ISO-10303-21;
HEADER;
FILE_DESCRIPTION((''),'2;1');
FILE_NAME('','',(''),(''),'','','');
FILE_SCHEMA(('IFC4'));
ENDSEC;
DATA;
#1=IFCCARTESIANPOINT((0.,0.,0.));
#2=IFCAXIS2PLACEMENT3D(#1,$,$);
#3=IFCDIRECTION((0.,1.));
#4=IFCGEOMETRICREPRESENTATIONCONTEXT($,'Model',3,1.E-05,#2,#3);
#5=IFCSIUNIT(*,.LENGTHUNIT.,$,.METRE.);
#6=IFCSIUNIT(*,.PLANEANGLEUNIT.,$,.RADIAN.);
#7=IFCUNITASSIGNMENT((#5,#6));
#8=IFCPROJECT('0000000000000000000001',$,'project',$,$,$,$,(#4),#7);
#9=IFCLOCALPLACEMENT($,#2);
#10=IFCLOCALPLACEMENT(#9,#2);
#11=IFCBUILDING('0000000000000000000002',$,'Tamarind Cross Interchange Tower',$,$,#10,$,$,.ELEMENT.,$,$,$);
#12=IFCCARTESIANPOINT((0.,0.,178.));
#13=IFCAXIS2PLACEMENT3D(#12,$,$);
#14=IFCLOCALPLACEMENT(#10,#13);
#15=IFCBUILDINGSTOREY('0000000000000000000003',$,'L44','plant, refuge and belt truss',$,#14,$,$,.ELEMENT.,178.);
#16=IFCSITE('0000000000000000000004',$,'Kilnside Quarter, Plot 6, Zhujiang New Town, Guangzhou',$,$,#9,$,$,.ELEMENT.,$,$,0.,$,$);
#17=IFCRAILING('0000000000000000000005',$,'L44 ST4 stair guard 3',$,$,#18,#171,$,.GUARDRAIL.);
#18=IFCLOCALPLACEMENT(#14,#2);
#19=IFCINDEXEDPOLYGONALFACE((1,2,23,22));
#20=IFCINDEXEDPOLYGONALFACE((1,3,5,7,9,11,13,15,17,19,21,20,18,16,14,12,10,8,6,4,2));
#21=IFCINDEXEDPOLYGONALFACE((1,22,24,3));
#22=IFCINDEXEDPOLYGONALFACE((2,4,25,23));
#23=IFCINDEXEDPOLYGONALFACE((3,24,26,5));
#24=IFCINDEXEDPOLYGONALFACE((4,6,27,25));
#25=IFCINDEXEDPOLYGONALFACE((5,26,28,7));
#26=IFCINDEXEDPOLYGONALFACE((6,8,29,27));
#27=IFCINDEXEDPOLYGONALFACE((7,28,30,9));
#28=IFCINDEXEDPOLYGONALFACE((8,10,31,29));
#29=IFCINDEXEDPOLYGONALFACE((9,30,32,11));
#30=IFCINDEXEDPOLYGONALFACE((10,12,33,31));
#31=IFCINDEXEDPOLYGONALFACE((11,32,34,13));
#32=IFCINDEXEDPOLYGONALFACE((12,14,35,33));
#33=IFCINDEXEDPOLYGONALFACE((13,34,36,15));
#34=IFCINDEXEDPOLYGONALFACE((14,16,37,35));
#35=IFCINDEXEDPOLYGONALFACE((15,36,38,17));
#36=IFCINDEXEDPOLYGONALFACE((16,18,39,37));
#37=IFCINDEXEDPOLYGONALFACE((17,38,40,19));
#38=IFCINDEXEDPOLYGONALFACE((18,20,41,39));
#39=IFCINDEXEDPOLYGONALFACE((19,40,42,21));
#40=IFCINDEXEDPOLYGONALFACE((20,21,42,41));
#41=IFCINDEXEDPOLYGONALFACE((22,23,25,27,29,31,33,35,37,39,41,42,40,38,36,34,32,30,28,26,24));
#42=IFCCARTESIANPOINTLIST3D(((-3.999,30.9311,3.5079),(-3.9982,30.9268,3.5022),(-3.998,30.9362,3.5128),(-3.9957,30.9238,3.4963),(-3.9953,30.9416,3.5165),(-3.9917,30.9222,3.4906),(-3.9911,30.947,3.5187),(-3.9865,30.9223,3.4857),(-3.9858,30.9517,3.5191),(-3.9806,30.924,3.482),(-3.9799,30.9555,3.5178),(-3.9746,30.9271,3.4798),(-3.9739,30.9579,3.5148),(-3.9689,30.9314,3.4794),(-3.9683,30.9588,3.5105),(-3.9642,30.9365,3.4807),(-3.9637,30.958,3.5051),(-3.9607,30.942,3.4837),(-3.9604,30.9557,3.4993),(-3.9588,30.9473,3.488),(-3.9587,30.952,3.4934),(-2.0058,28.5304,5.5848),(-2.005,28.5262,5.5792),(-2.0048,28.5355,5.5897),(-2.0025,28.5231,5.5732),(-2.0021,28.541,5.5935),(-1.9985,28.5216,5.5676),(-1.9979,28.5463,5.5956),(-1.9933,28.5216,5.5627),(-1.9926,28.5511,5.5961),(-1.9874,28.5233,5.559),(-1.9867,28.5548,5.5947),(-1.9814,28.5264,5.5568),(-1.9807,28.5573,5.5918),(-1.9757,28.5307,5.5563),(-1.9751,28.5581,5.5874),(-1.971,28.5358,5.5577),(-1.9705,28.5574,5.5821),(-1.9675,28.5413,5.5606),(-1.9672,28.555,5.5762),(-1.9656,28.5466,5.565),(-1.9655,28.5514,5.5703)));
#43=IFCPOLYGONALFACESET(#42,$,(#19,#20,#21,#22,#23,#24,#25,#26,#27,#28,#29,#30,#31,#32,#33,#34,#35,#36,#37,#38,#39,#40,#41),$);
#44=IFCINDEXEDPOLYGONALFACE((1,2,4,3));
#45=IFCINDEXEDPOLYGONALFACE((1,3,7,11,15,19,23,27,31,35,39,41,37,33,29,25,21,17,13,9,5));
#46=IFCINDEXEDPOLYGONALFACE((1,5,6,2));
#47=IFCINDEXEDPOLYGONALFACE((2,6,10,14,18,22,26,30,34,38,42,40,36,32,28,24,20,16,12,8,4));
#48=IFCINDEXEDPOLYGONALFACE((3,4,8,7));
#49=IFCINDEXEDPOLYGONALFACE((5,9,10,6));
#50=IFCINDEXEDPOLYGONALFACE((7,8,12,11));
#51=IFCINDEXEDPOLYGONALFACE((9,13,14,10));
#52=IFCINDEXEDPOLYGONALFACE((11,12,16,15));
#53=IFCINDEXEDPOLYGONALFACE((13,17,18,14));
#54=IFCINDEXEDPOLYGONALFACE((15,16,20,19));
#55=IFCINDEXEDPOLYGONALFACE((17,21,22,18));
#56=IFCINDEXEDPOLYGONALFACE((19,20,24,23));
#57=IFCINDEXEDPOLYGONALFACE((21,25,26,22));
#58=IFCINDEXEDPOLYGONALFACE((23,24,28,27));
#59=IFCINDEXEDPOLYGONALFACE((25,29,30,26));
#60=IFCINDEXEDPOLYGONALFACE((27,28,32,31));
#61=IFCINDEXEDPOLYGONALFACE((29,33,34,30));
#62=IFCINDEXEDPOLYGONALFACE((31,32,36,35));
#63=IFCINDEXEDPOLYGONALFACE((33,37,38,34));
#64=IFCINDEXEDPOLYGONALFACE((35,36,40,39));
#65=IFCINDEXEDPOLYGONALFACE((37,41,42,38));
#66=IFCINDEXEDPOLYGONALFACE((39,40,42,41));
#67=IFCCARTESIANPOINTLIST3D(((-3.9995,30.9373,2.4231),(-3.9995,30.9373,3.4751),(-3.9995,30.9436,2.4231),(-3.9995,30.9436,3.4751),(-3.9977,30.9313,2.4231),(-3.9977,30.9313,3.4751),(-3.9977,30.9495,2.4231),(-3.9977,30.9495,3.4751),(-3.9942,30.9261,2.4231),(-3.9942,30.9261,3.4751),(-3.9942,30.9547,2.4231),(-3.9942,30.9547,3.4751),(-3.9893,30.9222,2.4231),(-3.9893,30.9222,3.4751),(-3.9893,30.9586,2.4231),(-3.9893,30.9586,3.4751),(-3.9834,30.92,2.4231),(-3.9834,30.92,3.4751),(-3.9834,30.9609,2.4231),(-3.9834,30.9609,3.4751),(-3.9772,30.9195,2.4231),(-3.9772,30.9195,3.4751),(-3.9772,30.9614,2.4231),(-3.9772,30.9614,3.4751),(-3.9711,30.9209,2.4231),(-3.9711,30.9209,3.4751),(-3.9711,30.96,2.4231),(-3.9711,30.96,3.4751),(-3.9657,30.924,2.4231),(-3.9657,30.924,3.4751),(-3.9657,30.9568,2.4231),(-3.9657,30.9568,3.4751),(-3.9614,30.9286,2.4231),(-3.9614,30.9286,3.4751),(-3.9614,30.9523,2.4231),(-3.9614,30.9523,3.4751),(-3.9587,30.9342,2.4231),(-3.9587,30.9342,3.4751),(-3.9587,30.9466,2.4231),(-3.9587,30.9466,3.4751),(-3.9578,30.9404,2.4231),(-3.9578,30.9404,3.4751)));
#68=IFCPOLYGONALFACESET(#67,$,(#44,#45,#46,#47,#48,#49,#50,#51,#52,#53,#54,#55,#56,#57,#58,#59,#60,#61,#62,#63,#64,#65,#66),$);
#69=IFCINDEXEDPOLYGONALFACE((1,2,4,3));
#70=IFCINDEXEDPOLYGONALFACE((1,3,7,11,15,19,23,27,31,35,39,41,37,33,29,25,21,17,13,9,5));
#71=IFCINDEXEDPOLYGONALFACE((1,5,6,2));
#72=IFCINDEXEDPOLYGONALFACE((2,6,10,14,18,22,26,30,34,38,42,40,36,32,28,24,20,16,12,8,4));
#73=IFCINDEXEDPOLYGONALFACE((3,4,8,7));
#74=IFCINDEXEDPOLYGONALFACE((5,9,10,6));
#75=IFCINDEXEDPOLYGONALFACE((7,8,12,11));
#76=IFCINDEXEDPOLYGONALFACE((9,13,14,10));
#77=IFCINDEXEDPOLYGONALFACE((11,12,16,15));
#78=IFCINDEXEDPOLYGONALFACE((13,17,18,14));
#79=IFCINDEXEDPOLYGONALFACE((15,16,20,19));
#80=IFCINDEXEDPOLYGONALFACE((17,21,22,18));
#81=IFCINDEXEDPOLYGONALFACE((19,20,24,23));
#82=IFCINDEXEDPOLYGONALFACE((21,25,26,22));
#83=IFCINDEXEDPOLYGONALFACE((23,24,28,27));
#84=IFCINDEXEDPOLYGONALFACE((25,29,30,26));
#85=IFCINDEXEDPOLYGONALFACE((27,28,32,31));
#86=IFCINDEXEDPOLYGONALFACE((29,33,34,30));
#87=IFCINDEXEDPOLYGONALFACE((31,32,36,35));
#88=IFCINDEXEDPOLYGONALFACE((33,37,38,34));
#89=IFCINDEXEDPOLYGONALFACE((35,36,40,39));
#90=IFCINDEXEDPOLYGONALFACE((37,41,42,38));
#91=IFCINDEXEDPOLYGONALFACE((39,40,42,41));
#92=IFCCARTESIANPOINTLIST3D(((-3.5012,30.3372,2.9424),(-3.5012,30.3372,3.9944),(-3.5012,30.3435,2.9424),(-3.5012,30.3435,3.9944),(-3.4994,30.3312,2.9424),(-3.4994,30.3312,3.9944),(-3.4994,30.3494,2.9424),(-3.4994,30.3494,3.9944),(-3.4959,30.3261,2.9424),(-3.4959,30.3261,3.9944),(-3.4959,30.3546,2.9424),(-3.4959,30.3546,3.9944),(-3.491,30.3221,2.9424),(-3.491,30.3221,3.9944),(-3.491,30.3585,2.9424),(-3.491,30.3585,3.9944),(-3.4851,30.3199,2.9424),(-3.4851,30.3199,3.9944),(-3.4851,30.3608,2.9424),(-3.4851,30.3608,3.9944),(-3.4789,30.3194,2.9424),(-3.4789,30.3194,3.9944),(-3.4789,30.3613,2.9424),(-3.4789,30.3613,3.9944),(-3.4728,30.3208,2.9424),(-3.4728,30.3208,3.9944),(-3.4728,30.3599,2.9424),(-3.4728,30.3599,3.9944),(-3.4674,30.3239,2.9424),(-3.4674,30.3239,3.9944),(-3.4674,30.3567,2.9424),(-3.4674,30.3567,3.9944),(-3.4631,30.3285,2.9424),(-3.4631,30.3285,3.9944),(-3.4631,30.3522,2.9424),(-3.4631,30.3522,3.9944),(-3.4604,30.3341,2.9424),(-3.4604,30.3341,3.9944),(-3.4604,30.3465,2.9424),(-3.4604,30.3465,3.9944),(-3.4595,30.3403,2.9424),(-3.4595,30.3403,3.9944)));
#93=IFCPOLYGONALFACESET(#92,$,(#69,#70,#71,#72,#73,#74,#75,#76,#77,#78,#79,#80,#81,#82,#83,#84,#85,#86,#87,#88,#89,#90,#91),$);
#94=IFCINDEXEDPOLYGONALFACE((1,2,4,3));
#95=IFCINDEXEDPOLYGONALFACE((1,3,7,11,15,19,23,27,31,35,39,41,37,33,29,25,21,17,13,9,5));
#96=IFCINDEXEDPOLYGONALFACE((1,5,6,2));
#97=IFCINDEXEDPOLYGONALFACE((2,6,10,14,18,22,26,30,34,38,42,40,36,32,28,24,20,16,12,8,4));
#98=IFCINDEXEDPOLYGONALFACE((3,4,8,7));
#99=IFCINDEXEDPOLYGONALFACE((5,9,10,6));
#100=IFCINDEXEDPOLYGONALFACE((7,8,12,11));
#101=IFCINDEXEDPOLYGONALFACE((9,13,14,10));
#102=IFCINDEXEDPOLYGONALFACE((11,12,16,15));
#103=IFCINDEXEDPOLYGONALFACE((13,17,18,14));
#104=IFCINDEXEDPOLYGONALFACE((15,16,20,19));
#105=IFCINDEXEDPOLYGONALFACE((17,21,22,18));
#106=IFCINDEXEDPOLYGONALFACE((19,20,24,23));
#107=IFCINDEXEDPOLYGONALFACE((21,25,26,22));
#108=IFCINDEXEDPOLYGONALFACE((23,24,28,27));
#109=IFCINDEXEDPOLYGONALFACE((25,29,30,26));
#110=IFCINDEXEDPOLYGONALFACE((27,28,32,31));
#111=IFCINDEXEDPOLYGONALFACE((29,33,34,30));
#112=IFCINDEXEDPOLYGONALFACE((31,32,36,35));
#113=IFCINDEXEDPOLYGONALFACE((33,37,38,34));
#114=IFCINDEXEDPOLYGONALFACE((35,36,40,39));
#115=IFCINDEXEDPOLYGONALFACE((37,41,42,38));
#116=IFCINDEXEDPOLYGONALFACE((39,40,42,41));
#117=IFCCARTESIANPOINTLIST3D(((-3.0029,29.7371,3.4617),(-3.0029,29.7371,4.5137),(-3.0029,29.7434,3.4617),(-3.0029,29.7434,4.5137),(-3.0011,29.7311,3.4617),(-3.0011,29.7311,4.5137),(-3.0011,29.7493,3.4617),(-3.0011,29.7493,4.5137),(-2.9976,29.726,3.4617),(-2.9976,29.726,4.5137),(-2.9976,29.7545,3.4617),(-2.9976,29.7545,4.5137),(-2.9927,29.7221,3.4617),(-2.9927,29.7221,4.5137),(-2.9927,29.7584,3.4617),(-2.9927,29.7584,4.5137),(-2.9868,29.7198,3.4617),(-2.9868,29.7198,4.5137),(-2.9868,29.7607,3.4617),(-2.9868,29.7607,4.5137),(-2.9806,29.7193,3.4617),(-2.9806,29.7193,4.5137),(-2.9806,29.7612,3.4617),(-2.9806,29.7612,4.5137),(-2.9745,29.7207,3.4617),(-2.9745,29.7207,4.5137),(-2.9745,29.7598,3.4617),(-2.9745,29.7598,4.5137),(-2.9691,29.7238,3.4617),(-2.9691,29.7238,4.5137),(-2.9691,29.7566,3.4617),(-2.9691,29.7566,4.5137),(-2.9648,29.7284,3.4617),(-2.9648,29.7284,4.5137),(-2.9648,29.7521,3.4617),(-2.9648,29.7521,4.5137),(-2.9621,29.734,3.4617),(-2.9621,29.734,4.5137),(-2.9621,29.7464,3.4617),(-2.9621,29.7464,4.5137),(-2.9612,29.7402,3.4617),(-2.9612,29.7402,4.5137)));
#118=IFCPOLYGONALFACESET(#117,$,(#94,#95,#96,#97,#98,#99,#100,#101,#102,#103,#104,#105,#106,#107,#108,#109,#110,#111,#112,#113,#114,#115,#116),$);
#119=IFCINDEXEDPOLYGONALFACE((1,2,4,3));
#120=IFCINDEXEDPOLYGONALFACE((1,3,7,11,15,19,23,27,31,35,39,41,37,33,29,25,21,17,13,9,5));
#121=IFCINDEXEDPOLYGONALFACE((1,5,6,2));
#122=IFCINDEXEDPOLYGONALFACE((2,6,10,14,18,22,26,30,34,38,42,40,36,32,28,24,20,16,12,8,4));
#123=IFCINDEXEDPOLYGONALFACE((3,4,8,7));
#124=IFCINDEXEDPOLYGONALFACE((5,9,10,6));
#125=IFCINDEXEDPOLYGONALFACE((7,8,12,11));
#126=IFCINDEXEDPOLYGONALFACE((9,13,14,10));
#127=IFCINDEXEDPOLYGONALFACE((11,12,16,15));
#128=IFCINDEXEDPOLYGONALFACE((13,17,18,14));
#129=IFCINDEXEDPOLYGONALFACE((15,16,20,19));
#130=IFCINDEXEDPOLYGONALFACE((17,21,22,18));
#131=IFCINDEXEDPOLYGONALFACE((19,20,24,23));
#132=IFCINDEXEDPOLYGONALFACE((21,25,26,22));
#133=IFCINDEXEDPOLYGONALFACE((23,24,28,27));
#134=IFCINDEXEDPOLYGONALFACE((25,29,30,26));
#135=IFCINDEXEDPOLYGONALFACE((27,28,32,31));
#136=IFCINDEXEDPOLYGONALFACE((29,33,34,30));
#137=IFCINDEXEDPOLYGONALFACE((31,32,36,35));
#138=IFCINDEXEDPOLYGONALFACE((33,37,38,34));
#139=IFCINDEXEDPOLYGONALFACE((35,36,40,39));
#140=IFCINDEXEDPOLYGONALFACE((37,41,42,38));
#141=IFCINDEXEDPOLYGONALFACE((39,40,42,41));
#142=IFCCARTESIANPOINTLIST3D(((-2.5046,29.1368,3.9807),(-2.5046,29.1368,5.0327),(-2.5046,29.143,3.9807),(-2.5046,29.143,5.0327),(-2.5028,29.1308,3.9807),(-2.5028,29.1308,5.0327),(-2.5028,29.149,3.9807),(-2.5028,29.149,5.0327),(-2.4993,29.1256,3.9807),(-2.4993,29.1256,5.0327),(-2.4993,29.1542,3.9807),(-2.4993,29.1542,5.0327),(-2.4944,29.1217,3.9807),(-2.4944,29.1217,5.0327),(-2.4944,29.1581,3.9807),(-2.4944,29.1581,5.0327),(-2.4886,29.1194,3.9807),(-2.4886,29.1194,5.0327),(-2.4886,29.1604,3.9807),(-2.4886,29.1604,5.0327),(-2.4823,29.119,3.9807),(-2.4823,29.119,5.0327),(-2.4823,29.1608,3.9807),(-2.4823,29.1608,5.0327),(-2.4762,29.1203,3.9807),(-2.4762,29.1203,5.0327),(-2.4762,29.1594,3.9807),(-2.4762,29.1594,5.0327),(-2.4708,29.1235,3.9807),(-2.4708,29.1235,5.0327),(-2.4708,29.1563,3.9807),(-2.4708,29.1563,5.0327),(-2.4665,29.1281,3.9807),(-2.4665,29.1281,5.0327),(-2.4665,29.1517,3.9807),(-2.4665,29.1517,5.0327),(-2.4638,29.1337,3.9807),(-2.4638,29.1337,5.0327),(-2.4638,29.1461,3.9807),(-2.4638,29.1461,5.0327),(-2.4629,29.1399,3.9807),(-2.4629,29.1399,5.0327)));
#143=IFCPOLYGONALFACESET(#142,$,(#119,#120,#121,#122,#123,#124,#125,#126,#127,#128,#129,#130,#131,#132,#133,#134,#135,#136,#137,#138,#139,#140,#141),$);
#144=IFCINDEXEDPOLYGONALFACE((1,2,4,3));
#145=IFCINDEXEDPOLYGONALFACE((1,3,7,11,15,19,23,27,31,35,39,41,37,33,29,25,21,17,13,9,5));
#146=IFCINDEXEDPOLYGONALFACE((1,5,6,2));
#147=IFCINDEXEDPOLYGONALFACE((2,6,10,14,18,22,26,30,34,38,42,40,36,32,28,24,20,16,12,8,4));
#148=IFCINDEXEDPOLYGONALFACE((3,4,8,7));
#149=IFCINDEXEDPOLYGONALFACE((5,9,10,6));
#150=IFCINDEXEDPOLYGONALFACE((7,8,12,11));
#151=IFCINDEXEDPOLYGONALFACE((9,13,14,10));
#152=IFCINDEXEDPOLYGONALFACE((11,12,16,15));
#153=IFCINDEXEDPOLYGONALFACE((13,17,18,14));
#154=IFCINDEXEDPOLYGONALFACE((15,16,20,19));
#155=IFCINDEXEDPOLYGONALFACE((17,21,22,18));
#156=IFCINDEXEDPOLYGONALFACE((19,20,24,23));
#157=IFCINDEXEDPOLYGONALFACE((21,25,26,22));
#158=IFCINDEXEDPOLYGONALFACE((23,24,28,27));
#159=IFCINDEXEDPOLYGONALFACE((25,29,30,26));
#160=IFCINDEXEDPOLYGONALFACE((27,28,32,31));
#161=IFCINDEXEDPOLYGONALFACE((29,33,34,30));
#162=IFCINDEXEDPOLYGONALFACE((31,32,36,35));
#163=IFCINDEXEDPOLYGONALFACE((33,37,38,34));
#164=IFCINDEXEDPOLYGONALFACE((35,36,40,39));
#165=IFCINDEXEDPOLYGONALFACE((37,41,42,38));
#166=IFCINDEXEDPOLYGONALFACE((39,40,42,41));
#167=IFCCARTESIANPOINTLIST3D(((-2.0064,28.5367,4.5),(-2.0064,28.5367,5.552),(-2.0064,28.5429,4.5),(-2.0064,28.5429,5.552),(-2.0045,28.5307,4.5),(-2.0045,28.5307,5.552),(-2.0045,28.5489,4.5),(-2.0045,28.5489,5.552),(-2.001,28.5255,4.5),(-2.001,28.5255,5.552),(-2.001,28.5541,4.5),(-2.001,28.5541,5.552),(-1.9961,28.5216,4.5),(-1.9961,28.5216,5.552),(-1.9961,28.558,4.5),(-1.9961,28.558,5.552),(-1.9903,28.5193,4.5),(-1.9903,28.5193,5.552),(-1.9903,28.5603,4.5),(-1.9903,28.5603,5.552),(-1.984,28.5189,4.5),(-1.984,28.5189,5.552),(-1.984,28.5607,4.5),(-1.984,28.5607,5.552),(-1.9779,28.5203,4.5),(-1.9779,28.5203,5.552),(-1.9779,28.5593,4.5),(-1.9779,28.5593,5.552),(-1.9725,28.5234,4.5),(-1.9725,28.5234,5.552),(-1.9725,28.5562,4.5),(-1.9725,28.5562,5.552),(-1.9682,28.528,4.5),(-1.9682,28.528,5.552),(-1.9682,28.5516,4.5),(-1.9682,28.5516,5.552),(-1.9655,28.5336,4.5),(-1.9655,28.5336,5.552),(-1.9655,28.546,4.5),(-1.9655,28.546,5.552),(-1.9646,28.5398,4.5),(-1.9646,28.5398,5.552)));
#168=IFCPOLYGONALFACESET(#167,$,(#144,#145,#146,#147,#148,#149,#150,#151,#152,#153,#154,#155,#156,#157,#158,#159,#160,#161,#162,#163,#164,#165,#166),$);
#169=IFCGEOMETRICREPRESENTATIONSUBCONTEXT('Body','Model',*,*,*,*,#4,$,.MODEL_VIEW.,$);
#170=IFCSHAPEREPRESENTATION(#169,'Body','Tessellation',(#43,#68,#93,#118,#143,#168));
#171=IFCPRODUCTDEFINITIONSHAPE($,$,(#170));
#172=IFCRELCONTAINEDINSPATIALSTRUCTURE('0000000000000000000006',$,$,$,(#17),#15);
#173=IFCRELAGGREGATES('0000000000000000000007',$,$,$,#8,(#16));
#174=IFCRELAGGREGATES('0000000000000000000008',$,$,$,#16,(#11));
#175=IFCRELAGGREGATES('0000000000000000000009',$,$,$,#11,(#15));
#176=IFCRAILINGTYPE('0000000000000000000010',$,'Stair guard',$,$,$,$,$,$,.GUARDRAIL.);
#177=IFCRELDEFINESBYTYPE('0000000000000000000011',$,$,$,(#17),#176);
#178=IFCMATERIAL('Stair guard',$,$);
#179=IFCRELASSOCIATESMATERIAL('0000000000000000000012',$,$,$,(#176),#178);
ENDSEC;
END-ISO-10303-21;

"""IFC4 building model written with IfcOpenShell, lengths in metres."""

from ifc_helpers import new_model, si_unit, direction, frame, origin, origin_2d, place, context, subcontext, project, spatial, circle, extrude, material, type_object, element, save


model = new_model("IFC4")

# Units and contexts
model_context = context("Model", 3, precision=1e-05, world=origin(), true_north=direction((0.0, 1.0)))
body_context = subcontext(model_context, "Body", "Model", "MODEL_VIEW")
ifc_project = project(units=[si_unit("LENGTHUNIT", "METRE"), si_unit("PLANEANGLEUNIT", "RADIAN")], contexts=[model_context])

# Site, building, storey
site_placement = place(None, origin())
site = spatial("IfcSite", under=ifc_project, at=site_placement, Name="Kilnside Quarter, Plot 6, Zhujiang New Town, Guangzhou", CompositionType="ELEMENT", RefElevation=0.0)
building_placement = place(site_placement, origin())
building = spatial("IfcBuilding", under=site, at=building_placement, Name="Tamarind Cross Interchange Tower", CompositionType="ELEMENT")
storey_placement = place(building_placement, frame((0.0, 0.0, 178.0)))
storey = spatial("IfcBuildingStorey", under=building, at=storey_placement, Name="L44", Description="plant, refuge and belt truss", CompositionType="ELEMENT", Elevation=178.0)

# Railing
ifc_material_1 = material(Name="Stair guard")
railing_type = type_object("IfcRailingType", Name="Stair guard", PredefinedType="GUARDRAIL", material=ifc_material_1)
railing_1_placement = place(storey_placement, frame((-3.9788, 30.9404, 2.4231)))
element("IfcRailing", 1, at=railing_1_placement, inside=storey, type_object=railing_type, Name="L44 ST4 stair guard 3", PredefinedType="GUARDRAIL", context=body_context, shape_type="SweptSolid", body=[
    extrude(circle(Radius=0.0239, at=origin_2d()), frame((0.0, 0.0, 1.0762), z_axis=(0.53176, -0.64047, 0.554102), x_axis=(0.769381, 0.63879, 0.0)), (0.0, 0.0, 1.0), 3.7483),
    extrude(circle(Radius=0.021, at=origin_2d()), origin(), (0.0, 0.0, 1.0), 1.052),
    extrude(circle(Radius=0.021, at=origin_2d()), frame((0.4983, -0.6001, 0.5193)), (0.0, 0.0, 1.0), 1.052),
    extrude(circle(Radius=0.021, at=origin_2d()), frame((0.9966, -1.2002, 1.0386)), (0.0, 0.0, 1.0), 1.052),
    extrude(circle(Radius=0.021, at=origin_2d()), frame((1.4949, -1.8005, 1.5576)), (0.0, 0.0, 1.0), 1.052),
    extrude(circle(Radius=0.021, at=origin_2d()), frame((1.9932, -2.4006, 2.0769)), (0.0, 0.0, 1.0), 1.052),
])

save(model, "model.ifc")
